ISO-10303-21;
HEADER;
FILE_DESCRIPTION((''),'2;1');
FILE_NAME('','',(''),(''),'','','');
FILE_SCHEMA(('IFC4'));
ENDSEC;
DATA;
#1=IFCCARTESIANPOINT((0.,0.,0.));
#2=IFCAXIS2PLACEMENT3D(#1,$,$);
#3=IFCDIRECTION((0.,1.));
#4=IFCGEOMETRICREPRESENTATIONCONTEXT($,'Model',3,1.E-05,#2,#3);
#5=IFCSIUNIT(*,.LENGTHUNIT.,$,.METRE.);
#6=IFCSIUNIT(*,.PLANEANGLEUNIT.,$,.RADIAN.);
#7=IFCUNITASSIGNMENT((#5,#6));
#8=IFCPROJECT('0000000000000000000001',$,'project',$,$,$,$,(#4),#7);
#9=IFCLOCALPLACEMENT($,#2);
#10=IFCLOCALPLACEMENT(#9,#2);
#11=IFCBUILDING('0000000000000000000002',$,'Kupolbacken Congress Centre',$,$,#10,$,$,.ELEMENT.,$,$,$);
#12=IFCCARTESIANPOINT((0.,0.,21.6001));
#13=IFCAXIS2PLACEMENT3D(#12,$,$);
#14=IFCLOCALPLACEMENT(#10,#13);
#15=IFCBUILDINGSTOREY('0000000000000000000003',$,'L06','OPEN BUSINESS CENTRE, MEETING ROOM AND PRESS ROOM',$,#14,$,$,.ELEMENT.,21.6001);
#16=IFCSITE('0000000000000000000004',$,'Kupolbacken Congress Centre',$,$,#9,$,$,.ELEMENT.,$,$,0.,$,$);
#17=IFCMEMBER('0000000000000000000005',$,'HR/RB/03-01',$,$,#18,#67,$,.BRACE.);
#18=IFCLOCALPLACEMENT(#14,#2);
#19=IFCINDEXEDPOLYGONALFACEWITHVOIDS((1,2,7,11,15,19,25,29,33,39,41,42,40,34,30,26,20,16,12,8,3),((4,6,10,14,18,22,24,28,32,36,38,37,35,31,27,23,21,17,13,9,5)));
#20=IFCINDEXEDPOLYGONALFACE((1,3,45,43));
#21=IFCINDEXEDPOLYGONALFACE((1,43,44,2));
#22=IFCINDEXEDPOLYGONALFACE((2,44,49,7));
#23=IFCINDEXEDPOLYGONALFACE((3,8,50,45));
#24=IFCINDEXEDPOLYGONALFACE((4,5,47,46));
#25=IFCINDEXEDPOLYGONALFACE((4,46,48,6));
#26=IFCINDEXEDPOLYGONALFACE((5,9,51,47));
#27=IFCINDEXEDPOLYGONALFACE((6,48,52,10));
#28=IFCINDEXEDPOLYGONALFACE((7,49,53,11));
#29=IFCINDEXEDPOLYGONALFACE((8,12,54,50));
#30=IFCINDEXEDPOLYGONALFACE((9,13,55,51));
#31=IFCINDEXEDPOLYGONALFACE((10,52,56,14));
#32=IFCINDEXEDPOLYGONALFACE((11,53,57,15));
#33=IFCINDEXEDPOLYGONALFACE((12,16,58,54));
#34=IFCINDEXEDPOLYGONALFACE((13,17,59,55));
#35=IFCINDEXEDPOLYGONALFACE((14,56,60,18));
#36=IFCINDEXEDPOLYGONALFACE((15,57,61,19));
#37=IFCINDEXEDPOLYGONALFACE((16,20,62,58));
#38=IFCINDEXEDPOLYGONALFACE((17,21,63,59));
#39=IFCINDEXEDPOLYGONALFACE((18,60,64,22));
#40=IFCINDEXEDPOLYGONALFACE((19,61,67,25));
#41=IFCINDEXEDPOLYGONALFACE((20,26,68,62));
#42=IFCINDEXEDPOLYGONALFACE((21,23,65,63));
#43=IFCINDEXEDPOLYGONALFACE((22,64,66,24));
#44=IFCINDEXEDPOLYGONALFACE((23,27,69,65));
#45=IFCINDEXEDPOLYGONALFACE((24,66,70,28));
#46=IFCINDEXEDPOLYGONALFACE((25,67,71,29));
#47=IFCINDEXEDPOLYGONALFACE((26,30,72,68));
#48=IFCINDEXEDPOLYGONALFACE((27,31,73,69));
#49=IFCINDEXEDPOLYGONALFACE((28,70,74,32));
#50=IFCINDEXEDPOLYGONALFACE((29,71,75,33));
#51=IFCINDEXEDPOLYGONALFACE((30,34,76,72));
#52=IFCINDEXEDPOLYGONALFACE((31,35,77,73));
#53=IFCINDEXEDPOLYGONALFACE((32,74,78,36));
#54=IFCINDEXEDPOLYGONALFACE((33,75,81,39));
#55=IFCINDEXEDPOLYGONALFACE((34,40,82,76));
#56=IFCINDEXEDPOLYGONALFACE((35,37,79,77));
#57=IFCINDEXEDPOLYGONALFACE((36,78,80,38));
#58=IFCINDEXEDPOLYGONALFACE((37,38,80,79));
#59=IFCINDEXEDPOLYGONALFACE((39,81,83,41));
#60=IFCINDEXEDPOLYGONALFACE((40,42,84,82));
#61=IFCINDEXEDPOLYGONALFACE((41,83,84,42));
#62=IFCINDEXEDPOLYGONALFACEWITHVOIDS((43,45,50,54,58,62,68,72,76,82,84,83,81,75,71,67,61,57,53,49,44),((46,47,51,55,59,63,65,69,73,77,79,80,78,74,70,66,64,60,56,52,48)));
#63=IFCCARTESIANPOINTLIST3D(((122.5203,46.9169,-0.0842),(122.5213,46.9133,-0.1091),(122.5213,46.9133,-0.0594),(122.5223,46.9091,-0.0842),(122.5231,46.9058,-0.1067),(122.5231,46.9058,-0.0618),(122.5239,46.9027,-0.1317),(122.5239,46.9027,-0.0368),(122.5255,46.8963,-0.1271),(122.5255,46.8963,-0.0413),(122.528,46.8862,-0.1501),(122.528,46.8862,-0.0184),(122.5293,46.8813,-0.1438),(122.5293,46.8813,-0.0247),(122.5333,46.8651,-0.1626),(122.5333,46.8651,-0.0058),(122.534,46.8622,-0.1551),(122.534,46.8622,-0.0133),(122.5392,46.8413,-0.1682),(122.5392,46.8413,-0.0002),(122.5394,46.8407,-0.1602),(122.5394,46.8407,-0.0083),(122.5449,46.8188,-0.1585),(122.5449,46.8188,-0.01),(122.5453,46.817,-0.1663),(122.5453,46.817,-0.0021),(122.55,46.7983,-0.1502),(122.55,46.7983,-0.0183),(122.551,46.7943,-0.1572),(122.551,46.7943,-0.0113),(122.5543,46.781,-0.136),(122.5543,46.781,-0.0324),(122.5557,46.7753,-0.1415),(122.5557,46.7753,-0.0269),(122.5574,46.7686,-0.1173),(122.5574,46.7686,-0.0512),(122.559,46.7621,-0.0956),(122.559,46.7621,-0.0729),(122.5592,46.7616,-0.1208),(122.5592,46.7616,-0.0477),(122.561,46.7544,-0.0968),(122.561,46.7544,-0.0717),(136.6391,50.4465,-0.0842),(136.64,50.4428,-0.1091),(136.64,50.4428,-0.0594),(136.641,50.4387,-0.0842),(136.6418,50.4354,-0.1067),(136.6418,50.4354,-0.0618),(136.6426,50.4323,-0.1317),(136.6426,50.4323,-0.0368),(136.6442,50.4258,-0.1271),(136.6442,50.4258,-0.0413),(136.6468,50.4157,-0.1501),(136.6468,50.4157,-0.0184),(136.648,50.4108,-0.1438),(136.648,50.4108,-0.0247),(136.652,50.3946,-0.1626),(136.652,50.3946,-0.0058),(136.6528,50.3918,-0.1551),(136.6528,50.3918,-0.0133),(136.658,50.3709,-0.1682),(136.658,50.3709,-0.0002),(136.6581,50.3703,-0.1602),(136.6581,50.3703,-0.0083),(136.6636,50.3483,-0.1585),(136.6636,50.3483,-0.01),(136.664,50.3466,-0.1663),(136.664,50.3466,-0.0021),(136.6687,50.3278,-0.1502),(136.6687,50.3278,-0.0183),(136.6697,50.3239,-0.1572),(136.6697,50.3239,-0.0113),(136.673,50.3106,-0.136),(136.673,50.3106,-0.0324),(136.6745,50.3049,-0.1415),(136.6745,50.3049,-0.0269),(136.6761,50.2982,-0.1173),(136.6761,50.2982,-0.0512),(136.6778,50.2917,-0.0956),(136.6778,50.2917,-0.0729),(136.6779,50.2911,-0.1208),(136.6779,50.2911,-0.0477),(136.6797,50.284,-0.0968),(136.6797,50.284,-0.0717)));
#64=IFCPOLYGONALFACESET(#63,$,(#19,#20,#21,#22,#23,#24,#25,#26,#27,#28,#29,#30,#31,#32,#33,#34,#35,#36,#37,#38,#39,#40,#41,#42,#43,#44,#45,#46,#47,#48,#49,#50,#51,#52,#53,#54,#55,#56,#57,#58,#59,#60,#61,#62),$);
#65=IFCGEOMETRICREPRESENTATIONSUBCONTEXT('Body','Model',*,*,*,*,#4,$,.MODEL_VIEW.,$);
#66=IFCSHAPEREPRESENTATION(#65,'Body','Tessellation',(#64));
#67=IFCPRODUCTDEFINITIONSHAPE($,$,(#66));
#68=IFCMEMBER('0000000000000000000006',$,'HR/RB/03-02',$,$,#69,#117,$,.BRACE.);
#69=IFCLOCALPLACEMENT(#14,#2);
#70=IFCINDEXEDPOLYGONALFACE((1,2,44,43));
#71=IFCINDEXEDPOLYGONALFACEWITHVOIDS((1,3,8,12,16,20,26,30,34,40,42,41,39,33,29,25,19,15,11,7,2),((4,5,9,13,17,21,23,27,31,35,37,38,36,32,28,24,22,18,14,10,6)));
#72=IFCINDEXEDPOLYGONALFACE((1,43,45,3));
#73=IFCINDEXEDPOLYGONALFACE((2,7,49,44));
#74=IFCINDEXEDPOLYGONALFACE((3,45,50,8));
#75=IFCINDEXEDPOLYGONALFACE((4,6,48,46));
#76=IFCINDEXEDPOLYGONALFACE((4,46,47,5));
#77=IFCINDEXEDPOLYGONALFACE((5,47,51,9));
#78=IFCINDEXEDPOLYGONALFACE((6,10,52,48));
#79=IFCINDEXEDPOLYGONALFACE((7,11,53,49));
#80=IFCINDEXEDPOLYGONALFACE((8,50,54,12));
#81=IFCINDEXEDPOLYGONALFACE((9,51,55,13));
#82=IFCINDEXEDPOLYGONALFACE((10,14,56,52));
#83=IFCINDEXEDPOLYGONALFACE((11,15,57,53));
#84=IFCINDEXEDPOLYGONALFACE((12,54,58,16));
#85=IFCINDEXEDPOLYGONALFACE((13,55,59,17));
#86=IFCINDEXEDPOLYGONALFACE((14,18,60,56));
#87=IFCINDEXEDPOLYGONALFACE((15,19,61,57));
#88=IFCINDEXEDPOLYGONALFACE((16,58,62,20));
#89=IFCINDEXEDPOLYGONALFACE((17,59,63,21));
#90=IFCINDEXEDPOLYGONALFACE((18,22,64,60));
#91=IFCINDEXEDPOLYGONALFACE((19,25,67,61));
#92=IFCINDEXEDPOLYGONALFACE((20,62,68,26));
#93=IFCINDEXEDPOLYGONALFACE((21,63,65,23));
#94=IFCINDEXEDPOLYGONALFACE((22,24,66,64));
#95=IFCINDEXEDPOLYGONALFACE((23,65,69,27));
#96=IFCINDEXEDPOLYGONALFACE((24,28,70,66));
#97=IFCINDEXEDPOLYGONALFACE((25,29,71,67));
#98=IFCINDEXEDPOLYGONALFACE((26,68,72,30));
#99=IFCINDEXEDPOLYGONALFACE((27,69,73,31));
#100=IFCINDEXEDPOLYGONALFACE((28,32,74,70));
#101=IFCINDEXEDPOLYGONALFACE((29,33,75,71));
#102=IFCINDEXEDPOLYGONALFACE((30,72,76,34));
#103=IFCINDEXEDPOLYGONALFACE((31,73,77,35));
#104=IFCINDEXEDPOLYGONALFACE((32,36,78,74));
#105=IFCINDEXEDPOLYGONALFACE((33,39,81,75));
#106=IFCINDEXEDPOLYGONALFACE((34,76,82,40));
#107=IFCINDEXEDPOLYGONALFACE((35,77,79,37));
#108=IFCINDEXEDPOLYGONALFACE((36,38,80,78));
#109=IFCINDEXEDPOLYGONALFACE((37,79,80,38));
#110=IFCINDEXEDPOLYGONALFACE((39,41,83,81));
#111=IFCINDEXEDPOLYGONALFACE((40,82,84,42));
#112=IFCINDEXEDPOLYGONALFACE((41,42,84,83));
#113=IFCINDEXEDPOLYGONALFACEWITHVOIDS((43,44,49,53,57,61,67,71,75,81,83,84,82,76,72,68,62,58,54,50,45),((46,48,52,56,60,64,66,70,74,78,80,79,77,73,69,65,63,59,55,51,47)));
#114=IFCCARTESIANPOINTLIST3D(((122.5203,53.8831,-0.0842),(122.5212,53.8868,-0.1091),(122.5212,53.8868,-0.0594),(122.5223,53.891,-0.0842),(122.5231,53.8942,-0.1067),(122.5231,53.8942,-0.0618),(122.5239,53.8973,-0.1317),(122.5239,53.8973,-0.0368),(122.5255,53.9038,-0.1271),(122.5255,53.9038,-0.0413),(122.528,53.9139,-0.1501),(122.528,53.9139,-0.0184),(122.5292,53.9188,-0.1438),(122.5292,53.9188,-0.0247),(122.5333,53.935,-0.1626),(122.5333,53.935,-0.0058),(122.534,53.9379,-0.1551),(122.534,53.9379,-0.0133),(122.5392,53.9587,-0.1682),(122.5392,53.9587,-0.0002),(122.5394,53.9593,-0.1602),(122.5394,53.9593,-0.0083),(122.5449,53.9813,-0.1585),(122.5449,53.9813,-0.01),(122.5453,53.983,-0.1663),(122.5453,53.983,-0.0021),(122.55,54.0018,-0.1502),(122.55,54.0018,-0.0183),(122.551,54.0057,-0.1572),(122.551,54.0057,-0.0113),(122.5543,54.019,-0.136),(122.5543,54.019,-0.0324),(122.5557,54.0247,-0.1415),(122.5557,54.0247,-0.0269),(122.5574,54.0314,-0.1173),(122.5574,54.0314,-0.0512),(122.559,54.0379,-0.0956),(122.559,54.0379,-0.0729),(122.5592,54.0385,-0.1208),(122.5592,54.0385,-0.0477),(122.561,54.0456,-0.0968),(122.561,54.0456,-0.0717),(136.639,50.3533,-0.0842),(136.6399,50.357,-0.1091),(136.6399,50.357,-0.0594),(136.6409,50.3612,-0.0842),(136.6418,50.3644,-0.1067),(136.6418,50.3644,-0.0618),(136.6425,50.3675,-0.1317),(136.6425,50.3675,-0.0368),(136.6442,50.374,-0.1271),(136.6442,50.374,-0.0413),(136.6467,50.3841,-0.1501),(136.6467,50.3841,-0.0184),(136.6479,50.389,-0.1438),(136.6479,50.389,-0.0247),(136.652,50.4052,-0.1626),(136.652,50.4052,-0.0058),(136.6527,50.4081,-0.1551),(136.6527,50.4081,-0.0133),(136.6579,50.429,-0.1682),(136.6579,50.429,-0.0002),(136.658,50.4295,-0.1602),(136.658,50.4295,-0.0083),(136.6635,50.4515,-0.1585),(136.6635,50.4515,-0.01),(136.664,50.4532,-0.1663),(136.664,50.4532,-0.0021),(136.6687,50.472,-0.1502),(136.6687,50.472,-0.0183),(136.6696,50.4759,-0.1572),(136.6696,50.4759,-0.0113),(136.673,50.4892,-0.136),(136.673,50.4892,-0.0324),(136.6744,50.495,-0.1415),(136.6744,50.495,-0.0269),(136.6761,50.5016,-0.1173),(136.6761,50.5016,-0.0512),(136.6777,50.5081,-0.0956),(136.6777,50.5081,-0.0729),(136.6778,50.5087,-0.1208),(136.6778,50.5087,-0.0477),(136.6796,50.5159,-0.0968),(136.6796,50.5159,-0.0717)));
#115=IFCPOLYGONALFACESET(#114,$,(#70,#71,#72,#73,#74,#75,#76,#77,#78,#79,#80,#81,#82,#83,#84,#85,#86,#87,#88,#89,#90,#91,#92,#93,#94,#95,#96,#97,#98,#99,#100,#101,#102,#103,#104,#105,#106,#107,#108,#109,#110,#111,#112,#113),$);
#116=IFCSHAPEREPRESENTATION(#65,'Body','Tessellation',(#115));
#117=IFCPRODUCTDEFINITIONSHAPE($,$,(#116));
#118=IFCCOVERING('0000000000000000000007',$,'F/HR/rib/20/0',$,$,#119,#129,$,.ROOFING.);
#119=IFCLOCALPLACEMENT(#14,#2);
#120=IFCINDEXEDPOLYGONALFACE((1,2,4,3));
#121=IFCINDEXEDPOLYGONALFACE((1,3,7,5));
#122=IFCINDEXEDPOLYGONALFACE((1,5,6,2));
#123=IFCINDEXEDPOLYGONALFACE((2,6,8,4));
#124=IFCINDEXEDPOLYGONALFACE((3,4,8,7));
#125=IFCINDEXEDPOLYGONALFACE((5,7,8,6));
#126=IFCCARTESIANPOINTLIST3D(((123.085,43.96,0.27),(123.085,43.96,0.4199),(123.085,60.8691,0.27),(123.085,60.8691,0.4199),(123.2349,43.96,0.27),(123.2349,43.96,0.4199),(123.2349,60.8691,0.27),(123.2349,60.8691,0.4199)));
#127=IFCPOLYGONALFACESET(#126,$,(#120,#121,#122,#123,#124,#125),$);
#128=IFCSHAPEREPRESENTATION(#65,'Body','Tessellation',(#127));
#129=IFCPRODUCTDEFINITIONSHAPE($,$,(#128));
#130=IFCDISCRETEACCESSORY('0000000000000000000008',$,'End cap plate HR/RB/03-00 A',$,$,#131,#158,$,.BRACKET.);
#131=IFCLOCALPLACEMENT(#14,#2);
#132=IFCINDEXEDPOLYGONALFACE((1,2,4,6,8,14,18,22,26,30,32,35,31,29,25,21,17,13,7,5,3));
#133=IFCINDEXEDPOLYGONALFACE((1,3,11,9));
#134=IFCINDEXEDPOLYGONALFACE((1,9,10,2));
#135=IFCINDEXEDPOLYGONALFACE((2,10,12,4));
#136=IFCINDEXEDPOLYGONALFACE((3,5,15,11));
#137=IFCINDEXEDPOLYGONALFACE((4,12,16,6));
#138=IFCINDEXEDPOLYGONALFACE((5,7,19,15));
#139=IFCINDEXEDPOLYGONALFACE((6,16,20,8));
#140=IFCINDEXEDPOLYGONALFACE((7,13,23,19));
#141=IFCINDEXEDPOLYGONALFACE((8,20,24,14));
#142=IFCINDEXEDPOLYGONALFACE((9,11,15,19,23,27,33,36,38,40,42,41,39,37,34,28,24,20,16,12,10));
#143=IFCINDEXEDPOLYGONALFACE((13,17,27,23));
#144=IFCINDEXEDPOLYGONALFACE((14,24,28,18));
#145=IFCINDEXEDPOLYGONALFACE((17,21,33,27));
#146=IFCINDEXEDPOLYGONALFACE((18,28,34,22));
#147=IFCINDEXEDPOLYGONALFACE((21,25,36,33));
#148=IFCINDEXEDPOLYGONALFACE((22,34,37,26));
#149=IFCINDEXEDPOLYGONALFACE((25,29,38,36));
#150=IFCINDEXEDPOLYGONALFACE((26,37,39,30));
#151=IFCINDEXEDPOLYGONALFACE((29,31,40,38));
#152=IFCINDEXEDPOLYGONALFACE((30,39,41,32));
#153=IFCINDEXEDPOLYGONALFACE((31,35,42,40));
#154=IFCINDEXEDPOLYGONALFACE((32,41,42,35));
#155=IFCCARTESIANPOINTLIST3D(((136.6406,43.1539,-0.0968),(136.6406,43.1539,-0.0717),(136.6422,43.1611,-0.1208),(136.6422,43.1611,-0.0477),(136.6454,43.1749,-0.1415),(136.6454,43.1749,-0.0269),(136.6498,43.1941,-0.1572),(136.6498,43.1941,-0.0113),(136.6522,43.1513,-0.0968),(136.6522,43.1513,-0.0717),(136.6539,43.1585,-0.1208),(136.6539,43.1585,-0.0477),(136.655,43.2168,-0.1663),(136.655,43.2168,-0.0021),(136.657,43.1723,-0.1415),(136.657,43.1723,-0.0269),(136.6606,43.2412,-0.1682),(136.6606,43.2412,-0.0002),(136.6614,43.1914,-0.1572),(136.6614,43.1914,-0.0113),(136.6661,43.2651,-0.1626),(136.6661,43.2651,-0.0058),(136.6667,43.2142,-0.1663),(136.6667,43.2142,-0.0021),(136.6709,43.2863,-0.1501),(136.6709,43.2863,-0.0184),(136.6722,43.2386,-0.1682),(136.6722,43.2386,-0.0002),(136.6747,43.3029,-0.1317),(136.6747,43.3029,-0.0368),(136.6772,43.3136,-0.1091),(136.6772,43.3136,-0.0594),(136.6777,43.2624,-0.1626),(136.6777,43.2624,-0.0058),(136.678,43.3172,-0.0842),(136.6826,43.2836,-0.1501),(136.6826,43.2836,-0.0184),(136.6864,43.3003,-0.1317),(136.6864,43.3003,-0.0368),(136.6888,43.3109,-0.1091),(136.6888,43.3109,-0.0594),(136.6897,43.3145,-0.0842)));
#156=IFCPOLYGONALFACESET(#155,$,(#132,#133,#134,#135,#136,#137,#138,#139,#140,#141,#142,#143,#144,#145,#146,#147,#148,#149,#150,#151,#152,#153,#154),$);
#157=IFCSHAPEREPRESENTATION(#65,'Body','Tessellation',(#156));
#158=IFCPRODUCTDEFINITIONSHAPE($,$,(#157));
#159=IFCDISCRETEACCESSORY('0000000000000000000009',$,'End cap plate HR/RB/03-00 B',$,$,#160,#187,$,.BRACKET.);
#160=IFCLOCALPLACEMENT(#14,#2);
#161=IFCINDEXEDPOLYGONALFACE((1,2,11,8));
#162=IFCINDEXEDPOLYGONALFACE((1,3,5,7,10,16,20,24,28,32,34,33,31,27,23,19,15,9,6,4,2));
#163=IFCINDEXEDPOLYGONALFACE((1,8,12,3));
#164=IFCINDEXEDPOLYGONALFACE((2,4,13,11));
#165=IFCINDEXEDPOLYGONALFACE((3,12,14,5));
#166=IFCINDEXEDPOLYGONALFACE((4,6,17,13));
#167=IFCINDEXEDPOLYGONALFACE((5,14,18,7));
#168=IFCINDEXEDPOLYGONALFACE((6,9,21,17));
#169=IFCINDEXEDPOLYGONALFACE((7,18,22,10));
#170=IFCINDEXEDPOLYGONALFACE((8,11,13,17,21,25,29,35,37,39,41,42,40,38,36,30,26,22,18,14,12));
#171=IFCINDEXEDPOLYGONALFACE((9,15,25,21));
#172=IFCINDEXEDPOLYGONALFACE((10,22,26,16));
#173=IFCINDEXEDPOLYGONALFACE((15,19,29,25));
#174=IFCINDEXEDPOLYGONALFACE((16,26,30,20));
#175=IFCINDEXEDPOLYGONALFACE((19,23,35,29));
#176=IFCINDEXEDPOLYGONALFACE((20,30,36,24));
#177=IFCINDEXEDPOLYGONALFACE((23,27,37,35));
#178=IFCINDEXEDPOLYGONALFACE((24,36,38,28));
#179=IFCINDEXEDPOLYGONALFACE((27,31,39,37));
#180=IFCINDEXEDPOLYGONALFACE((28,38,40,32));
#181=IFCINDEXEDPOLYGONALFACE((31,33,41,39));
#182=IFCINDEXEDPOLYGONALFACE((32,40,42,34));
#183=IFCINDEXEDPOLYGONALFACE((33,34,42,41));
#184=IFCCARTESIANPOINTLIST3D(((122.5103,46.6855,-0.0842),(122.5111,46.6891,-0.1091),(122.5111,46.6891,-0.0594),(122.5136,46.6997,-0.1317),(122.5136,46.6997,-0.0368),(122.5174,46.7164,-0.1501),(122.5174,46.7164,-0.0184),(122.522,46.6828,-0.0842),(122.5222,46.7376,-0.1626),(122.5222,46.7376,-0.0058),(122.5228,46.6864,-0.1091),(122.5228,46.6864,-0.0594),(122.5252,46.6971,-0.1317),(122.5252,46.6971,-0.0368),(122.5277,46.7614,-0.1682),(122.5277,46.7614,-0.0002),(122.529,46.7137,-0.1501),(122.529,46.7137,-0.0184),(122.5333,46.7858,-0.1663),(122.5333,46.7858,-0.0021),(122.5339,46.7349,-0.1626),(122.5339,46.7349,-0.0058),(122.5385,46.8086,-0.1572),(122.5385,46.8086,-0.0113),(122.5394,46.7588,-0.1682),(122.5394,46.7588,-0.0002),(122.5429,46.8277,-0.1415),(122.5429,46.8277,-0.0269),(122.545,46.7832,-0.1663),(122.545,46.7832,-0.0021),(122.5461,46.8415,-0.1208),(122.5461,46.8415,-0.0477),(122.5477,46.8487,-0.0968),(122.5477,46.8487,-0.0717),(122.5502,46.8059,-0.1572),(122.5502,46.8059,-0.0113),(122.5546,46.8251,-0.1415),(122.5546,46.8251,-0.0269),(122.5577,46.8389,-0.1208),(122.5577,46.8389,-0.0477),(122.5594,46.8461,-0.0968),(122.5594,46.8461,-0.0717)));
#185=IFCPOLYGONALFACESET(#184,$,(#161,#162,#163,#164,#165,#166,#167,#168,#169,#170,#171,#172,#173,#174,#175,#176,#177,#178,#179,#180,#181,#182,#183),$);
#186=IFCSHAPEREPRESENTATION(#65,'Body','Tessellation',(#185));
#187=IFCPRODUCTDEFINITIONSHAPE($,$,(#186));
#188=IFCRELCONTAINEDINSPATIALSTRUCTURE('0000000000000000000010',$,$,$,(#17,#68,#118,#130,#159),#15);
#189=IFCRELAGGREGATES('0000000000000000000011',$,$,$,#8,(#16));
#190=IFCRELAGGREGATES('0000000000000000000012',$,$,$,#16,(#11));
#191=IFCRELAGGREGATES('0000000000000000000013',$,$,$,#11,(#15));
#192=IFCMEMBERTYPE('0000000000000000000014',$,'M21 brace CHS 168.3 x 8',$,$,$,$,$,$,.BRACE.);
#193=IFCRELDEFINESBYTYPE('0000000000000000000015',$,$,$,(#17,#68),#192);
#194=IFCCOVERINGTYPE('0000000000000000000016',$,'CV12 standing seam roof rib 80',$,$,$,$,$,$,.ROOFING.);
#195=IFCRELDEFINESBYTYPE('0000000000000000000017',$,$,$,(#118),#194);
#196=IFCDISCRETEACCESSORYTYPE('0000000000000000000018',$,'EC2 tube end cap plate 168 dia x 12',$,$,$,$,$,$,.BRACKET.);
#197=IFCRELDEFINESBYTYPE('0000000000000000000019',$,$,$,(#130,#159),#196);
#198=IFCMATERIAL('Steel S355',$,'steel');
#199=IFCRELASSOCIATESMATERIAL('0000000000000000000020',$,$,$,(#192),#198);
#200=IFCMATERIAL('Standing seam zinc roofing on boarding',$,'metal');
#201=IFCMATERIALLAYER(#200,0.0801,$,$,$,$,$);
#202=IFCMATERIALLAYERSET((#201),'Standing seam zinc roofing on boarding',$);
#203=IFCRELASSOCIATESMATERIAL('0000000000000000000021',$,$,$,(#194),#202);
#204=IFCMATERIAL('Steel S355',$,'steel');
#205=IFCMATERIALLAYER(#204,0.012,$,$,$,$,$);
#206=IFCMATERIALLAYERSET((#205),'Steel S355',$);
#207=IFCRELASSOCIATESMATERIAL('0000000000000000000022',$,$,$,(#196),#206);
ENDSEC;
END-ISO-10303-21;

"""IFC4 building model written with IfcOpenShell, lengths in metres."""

from ifc_helpers import new_model, si_unit, direction, frame, origin, origin_2d, place, context, subcontext, project, spatial, rectangle, circle, hollow_circle, extrude, material, layer, layer_set, material_profile, profile_set, type_object, element, save


model = new_model("IFC4")

# Units and contexts
model_context = context("Model", 3, precision=1e-05, world=origin(), true_north=direction((0.0, 1.0)))
body_context = subcontext(model_context, "Body", "Model", "MODEL_VIEW")
ifc_project = project(units=[si_unit("LENGTHUNIT", "METRE"), si_unit("PLANEANGLEUNIT", "RADIAN")], contexts=[model_context])

# Site, building, storey
site_placement = place(None, origin())
site = spatial("IfcSite", under=ifc_project, at=site_placement, Name="Kupolbacken Congress Centre", CompositionType="ELEMENT", RefElevation=0.0)
building_placement = place(site_placement, origin())
building = spatial("IfcBuilding", under=site, at=building_placement, Name="Kupolbacken Congress Centre", CompositionType="ELEMENT")
storey_placement = place(building_placement, frame((0.0, 0.0, 21.6001)))
storey = spatial("IfcBuildingStorey", under=building, at=storey_placement, Name="L06", Description="OPEN BUSINESS CENTRE, MEETING ROOM AND PRESS ROOM", CompositionType="ELEMENT", Elevation=21.6001)

# Members
ifc_material_1 = material(Name="Steel S355", Category="steel")
ifc_material_profile_1 = material_profile(ifc_material_1, hollow_circle(Radius=0.0842, WallThickness=0.0081, at=origin_2d()), Name="CHS 168.3 x 8")
ifc_profile_set_1 = profile_set([ifc_material_profile_1], Name="Steel S355")
member_type = type_object("IfcMemberType", Name="M21 brace CHS 168.3 x 8", PredefinedType="BRACE", material=ifc_profile_set_1)
for number, where, z_axis, x_axis, name in (
    (1, (122.5408, 46.8352, -0.0842), (0.970144, 0.242528, 0.0), (-0.242528, 0.970144, 0.0), "HR/RB/03-01"),
    (2, (136.6594, 50.4351, -0.0842), (-0.970141, 0.242544, 0.0), (-0.242544, -0.970141, 0.0), "HR/RB/03-02"),
):
    element("IfcMember", number, at=place(storey_placement, frame(where, z_axis=z_axis, x_axis=x_axis)), inside=storey, type_object=member_type, Name=name, PredefinedType="BRACE", context=body_context, shape_type="SweptSolid", body=[
        extrude(hollow_circle(Radius=0.0842, WallThickness=0.0081, at=origin_2d()), origin(), (0.0, 0.0, 1.0), 14.5532),
    ])

# Covering
ifc_material_2 = material(Name="Standing seam zinc roofing on boarding", Category="metal")
ifc_layer_1 = layer(ifc_material_2, 0.0801)
ifc_layer_set_1 = layer_set([ifc_layer_1], Name="Standing seam zinc roofing on boarding")
covering_type = type_object("IfcCoveringType", Name="CV12 standing seam roof rib 80", PredefinedType="ROOFING", material=ifc_layer_set_1)
covering_placement = place(storey_placement, frame((123.1599, 52.4146, 0.27), z_axis=(0.0, 0.0, 1.0), x_axis=(0.0, 1.0, 0.0)))
element("IfcCovering", 3, at=covering_placement, inside=storey, type_object=covering_type, Name="F/HR/rib/20/0", PredefinedType="ROOFING", context=body_context, shape_type="SweptSolid", body=[
    extrude(rectangle(XDim=16.9092, YDim=0.1499, at=origin_2d()), origin(), (0.0, 0.0, 1.0), 0.1499),
])

# Discrete accessories
ifc_material_3 = material(Name="Steel S355", Category="steel")
ifc_layer_2 = layer(ifc_material_3, 0.012)
ifc_layer_set_2 = layer_set([ifc_layer_2], Name="Steel S355")
discrete_accessory_type = type_object("IfcDiscreteAccessoryType", Name="EC2 tube end cap plate 168 dia x 12", PredefinedType="BRACKET", material=ifc_layer_set_2)
for number, where, z_axis, x_axis, name in (
    (4, (136.6592, 43.2351, -0.0842), (0.974732, -0.223376, 0.0), (0.223376, 0.974732, 0.0), "End cap plate HR/RB/03-00 A"),
    (5, (122.5408, 46.7649, -0.0842), (-0.974732, 0.223376, 0.0), (-0.223376, -0.974732, 0.0), "End cap plate HR/RB/03-00 B"),
):
    element("IfcDiscreteAccessory", number, at=place(storey_placement, frame(where, z_axis=z_axis, x_axis=x_axis)), inside=storey, type_object=discrete_accessory_type, Name=name, PredefinedType="BRACKET", context=body_context, shape_type="SweptSolid", body=[
        extrude(circle(Radius=0.0842, at=origin_2d()), origin(), (0.0, 0.0, 1.0), 0.012),
    ])

save(model, "model.ifc")
